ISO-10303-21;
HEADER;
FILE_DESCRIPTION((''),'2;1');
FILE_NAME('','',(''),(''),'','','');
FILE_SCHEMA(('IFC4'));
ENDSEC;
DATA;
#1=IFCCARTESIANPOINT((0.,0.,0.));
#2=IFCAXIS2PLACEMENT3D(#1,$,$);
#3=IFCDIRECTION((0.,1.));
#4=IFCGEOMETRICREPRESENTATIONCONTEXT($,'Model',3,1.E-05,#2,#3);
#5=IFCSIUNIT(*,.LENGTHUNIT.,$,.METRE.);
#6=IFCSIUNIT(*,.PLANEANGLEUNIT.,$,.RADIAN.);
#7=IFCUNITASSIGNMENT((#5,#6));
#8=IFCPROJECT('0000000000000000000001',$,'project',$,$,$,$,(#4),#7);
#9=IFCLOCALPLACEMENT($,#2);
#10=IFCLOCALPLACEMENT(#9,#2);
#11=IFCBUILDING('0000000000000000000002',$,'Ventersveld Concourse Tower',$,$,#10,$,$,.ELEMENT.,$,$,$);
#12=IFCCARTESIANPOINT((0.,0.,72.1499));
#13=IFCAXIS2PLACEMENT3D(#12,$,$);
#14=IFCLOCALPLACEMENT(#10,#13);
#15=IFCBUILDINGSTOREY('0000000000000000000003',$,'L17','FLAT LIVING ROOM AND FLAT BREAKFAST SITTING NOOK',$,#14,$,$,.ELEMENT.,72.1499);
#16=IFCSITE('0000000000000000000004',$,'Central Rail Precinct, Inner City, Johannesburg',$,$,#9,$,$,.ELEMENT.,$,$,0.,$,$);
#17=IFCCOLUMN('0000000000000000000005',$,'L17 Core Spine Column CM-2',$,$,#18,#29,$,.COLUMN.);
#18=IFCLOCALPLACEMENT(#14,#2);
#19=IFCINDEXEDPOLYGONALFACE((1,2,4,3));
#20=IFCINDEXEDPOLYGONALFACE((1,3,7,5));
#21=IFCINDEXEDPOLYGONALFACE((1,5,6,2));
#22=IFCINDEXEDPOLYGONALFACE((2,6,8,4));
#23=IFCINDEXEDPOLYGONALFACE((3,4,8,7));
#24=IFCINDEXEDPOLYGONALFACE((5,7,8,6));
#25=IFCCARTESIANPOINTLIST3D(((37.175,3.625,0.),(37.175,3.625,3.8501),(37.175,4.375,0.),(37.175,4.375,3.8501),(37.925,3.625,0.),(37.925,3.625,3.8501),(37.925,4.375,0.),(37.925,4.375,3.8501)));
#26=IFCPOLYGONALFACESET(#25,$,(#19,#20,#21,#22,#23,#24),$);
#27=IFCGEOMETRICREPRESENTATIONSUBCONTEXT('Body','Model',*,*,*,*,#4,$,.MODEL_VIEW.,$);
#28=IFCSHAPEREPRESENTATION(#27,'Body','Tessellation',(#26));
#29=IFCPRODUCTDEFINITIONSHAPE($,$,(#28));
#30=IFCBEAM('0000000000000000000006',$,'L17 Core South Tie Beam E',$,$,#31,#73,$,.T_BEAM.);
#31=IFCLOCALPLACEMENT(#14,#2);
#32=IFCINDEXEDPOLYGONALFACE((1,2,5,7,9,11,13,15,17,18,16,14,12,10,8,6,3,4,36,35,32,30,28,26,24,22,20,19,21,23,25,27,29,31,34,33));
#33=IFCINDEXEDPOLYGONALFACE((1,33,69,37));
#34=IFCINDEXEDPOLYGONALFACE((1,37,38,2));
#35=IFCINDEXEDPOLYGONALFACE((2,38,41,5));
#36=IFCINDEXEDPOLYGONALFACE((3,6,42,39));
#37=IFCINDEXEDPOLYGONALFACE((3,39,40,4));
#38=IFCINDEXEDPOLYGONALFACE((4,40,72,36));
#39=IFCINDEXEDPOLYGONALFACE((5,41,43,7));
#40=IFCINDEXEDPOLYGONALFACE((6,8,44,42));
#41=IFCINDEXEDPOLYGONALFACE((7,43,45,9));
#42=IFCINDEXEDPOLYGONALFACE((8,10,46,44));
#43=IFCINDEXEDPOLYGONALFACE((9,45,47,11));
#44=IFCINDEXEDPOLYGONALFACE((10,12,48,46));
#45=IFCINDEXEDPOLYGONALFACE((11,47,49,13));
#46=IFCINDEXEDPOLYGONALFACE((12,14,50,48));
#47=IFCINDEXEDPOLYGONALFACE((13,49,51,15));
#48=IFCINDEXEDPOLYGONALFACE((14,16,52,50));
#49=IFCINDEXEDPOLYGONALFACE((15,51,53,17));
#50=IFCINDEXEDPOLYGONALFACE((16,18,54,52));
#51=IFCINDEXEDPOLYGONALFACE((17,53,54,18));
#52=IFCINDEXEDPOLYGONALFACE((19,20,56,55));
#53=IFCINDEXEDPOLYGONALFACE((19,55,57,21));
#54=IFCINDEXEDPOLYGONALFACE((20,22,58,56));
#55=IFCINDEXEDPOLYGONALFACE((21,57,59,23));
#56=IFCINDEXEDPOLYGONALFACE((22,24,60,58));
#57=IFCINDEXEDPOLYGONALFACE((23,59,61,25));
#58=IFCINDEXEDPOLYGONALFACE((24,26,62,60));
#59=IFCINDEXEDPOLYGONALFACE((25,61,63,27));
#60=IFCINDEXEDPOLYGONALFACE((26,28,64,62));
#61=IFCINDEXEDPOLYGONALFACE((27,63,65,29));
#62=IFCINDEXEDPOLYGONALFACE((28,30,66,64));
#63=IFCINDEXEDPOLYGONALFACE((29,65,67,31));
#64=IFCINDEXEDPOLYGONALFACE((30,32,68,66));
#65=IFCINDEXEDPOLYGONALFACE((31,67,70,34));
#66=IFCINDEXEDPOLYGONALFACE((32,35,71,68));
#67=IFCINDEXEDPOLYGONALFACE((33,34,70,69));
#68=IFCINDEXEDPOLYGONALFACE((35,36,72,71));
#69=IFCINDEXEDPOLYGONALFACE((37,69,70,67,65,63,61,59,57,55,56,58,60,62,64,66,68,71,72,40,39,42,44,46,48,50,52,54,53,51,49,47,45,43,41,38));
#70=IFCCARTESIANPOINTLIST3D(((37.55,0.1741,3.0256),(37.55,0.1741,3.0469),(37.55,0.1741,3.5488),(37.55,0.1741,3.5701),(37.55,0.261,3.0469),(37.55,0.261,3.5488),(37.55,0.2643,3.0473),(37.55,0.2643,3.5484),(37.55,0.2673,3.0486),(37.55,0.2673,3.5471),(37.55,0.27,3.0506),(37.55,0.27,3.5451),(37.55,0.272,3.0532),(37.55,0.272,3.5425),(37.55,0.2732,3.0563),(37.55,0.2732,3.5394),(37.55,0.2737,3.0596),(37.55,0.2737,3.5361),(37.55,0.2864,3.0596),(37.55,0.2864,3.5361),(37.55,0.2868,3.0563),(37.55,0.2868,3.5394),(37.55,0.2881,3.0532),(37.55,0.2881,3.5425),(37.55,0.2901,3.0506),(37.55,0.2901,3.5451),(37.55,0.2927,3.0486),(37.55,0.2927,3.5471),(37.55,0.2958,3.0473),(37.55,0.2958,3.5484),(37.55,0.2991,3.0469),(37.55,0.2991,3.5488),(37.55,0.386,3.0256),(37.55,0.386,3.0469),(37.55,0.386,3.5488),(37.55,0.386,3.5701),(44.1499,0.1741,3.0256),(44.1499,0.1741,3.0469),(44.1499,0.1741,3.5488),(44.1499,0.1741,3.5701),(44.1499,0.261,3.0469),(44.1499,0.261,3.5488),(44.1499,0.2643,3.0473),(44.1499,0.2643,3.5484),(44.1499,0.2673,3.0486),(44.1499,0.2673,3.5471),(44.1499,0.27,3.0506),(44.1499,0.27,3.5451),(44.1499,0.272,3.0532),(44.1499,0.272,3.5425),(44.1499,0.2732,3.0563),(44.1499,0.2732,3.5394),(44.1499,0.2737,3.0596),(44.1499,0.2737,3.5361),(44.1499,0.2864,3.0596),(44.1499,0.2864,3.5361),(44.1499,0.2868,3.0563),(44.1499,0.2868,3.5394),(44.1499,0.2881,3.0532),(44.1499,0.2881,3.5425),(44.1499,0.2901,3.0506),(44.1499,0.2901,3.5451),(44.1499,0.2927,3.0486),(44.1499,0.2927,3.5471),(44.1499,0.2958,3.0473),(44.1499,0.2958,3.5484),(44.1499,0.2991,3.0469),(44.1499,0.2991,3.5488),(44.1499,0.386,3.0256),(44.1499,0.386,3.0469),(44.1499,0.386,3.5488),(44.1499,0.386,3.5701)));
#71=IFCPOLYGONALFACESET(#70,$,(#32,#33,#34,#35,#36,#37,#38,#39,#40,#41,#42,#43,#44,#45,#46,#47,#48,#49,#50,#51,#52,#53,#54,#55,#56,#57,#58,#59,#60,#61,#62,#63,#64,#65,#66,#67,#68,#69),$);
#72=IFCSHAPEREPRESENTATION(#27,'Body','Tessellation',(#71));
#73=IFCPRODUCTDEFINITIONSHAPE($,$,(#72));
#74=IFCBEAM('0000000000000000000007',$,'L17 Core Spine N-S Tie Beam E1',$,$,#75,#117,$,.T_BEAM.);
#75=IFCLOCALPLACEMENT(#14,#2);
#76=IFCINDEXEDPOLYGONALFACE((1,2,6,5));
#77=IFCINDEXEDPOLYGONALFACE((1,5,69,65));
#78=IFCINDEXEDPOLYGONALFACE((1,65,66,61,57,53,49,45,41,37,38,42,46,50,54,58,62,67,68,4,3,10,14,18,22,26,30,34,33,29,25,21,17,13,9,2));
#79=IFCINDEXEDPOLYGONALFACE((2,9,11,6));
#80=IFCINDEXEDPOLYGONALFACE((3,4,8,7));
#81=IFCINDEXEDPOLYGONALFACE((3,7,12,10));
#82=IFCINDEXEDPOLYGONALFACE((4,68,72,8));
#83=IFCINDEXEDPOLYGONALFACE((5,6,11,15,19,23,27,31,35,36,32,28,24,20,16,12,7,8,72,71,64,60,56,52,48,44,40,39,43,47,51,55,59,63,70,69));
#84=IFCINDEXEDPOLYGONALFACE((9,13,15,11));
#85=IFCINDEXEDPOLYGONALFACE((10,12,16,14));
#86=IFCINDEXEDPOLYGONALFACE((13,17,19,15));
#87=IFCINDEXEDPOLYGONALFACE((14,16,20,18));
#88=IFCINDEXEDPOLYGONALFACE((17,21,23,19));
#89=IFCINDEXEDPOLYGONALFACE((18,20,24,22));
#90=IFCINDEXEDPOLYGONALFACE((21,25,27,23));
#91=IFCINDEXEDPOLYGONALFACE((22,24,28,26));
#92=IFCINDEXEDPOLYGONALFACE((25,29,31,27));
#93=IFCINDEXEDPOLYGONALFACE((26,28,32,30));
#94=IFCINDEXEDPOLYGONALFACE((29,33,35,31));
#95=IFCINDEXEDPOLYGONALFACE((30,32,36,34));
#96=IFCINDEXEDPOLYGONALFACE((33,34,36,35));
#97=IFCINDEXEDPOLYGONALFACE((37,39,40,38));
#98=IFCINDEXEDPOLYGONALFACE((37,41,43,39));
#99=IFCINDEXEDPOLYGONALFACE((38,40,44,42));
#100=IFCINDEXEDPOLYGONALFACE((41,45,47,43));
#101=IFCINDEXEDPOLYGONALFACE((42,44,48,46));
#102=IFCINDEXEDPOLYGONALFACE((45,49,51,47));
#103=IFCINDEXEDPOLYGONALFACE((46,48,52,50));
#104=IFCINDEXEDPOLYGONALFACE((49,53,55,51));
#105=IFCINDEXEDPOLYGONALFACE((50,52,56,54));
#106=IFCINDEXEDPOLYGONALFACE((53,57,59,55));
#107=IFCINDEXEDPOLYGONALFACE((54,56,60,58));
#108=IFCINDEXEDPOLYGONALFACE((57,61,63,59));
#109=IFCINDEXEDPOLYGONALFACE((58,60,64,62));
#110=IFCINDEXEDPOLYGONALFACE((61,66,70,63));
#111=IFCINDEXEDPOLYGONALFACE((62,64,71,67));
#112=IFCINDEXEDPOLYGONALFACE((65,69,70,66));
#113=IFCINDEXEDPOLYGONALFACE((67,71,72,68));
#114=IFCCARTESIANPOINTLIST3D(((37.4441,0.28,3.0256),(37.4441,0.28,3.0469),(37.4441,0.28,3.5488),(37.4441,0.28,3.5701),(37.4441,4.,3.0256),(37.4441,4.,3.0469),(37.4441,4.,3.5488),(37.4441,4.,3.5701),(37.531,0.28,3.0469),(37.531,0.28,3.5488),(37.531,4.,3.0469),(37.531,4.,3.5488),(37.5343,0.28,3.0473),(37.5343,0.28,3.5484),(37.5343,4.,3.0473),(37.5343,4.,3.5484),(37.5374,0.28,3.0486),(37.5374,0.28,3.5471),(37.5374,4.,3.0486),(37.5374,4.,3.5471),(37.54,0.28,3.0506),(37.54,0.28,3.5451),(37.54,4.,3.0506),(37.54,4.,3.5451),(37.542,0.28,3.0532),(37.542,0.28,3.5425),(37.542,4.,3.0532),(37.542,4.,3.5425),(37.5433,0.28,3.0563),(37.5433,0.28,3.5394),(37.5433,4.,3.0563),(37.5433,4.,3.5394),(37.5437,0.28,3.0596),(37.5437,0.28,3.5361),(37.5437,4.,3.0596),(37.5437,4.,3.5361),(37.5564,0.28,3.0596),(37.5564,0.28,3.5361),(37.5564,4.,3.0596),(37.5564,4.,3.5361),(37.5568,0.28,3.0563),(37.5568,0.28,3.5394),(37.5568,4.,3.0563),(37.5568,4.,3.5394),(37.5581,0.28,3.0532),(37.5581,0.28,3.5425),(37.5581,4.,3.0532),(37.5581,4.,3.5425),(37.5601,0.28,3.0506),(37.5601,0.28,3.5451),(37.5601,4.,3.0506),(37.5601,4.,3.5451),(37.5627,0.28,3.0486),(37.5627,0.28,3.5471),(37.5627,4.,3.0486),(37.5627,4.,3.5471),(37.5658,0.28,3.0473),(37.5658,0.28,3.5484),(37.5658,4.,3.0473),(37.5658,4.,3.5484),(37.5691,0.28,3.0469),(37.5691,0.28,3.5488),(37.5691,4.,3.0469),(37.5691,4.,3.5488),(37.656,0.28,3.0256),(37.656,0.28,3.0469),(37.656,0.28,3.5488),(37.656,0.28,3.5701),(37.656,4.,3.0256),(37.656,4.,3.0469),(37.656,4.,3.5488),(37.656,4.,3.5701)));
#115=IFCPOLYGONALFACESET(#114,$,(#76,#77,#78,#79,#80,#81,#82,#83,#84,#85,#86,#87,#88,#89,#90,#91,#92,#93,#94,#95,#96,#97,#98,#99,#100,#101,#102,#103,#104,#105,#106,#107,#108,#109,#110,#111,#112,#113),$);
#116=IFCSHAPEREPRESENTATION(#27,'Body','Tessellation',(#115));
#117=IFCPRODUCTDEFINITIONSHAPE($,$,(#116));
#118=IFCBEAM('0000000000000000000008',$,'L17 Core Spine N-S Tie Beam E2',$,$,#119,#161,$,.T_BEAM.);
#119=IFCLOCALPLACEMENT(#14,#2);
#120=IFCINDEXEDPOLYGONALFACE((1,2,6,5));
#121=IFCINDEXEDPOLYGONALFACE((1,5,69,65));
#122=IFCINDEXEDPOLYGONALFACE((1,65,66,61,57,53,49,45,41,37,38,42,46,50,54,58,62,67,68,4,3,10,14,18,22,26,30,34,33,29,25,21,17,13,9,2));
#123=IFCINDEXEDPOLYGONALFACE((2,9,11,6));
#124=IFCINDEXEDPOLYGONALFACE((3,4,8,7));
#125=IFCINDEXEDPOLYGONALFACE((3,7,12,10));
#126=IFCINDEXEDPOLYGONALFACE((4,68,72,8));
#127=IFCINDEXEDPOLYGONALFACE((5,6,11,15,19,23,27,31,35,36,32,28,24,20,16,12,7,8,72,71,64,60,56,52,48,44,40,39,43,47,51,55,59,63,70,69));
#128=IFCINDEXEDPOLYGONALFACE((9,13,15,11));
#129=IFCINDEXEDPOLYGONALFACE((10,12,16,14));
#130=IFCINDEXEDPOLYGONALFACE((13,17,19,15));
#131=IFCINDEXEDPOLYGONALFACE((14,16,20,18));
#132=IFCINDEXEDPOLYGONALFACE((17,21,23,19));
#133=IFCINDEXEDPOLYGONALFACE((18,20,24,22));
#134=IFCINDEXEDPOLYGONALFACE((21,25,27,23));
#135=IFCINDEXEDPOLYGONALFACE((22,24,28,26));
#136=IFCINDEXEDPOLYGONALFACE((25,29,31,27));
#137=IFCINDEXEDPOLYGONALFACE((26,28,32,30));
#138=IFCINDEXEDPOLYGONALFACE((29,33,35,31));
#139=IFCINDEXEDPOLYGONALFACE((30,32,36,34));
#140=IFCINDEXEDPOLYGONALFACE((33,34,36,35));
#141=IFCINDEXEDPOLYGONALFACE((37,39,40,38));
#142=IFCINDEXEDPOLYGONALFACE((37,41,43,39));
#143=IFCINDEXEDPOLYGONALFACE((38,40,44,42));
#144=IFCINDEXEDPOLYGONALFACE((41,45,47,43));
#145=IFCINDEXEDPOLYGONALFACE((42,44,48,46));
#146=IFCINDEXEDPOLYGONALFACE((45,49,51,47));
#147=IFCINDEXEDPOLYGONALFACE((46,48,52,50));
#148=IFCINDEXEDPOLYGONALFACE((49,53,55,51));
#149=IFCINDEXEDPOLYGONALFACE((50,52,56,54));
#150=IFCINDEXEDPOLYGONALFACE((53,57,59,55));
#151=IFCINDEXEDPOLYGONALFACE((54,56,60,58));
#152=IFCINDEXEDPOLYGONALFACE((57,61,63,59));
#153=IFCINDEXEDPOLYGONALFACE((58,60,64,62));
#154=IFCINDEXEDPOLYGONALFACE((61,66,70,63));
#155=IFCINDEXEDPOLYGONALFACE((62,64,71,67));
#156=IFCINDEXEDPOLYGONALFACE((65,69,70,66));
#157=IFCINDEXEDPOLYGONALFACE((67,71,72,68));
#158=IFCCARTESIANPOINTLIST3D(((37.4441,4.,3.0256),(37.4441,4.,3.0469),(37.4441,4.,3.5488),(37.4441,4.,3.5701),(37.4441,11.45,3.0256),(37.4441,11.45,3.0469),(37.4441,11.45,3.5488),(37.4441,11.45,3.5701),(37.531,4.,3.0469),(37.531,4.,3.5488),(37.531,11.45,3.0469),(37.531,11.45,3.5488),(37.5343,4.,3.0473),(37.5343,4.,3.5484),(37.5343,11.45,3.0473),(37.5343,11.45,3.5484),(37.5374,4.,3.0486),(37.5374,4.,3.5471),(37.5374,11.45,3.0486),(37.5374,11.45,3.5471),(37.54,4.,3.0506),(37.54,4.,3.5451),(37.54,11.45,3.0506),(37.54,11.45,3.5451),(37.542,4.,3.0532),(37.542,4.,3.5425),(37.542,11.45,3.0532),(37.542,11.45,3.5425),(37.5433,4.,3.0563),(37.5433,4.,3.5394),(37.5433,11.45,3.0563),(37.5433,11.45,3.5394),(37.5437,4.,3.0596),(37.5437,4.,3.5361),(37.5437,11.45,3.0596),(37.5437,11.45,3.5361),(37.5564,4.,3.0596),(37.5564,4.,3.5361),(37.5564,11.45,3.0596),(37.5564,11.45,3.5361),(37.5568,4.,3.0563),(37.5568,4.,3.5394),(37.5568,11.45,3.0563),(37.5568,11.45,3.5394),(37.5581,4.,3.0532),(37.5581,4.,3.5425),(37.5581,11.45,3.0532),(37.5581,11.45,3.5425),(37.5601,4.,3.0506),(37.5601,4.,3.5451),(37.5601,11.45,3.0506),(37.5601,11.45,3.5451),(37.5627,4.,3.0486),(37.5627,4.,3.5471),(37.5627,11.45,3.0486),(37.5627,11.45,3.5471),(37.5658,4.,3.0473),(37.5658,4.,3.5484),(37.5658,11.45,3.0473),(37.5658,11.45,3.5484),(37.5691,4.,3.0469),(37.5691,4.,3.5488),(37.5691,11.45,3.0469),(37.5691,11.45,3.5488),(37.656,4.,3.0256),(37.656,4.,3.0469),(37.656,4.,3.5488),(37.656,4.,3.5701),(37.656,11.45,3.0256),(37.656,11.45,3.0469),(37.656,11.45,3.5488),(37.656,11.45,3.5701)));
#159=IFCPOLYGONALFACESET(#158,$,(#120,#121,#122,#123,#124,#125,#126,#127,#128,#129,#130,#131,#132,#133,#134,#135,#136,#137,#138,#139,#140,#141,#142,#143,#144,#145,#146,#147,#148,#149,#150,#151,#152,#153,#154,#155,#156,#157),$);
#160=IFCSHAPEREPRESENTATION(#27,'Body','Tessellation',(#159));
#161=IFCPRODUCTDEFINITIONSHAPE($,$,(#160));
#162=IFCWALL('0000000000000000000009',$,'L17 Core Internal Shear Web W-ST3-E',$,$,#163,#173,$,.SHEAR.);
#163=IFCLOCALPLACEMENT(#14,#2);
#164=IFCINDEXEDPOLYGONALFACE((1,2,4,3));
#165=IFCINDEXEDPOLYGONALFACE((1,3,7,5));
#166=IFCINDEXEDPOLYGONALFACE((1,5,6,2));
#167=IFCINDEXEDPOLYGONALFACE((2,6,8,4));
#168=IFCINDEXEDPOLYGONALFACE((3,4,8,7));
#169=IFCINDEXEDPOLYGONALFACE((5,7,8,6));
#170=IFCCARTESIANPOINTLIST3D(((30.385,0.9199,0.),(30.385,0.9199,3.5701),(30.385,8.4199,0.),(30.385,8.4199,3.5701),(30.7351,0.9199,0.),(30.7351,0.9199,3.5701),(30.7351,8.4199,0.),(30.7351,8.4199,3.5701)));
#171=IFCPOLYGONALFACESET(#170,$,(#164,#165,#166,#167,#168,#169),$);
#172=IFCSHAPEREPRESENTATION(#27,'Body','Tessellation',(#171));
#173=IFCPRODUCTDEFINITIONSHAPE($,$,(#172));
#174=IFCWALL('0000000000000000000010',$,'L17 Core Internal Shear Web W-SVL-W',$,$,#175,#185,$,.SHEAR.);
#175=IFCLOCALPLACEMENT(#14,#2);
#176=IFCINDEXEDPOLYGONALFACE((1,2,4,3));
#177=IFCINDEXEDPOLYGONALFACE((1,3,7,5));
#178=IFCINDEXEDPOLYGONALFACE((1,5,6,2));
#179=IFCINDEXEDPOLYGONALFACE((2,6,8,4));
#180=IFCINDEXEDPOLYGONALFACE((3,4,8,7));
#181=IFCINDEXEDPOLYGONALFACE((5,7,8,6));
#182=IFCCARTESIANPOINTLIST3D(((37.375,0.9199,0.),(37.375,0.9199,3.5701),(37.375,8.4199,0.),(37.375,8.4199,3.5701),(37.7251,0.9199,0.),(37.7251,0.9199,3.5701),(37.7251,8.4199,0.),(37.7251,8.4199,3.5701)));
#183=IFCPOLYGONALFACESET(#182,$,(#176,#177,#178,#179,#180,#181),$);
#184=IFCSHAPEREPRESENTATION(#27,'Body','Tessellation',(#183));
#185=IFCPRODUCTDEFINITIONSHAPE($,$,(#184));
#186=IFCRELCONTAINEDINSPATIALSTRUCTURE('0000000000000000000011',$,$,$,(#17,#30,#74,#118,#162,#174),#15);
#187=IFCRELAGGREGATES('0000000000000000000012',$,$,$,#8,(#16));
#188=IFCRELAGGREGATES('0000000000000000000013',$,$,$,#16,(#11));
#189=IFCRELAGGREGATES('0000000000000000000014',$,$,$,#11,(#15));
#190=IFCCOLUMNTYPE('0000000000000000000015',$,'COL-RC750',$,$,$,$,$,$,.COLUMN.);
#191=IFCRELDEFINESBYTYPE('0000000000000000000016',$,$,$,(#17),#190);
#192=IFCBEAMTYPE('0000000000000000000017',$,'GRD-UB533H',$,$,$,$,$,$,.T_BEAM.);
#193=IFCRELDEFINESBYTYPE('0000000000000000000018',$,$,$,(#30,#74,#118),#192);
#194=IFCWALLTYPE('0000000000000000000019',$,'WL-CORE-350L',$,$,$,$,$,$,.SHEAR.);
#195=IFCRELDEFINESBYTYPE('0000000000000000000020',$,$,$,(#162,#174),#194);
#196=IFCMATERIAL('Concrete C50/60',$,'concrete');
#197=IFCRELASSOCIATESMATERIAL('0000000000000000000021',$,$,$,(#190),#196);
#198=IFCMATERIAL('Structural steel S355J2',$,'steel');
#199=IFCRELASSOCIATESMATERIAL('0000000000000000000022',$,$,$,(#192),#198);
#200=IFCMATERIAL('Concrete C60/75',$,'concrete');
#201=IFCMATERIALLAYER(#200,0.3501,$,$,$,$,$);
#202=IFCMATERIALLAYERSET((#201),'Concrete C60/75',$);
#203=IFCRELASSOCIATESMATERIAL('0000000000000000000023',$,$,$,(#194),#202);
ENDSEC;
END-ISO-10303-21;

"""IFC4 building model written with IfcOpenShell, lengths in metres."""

from ifc_helpers import new_model, si_unit, direction, frame, frame_2d, origin, origin_2d, place, context, subcontext, project, spatial, rectangle, i_section, extrude, material, layer, layer_set, material_profile, profile_set, type_object, element, save


model = new_model("IFC4")

# Units and contexts
model_context = context("Model", 3, precision=1e-05, world=origin(), true_north=direction((0.0, 1.0)))
body_context = subcontext(model_context, "Body", "Model", "MODEL_VIEW")
ifc_project = project(units=[si_unit("LENGTHUNIT", "METRE"), si_unit("PLANEANGLEUNIT", "RADIAN")], contexts=[model_context])

# Site, building, storey
site_placement = place(None, origin())
site = spatial("IfcSite", under=ifc_project, at=site_placement, Name="Central Rail Precinct, Inner City, Johannesburg", CompositionType="ELEMENT", RefElevation=0.0)
building_placement = place(site_placement, origin())
building = spatial("IfcBuilding", under=site, at=building_placement, Name="Ventersveld Concourse Tower", CompositionType="ELEMENT")
storey_placement = place(building_placement, frame((0.0, 0.0, 72.1499)))
storey = spatial("IfcBuildingStorey", under=building, at=storey_placement, Name="L17", Description="FLAT LIVING ROOM AND FLAT BREAKFAST SITTING NOOK", CompositionType="ELEMENT", Elevation=72.1499)

# Column
ifc_material_1 = material(Name="Concrete C50/60", Category="concrete")
ifc_material_profile_1 = material_profile(ifc_material_1, rectangle(XDim=0.75, YDim=0.75, at=origin_2d()), Name="RC 750x750")
ifc_profile_set_1 = profile_set([ifc_material_profile_1], Name="Concrete C50/60")
column_type = type_object("IfcColumnType", Name="COL-RC750", PredefinedType="COLUMN", material=ifc_profile_set_1)
column_placement = place(storey_placement, frame((37.55, 4.0, 0.0), z_axis=(0.0, 0.0, 1.0), x_axis=(1.0, 0.0, 0.0)))
element("IfcColumn", 1, at=column_placement, inside=storey, type_object=column_type, Name="L17 Core Spine Column CM-2", PredefinedType="COLUMN", context=body_context, shape_type="SweptSolid", body=[
    extrude(rectangle(XDim=0.75, YDim=0.75, at=origin_2d()), origin(), (0.0, 0.0, 1.0), 3.8501),
])

# Beams
ifc_material_2 = material(Name="Structural steel S355J2", Category="steel")
ifc_material_profile_2 = material_profile(ifc_material_2, i_section(OverallWidth=0.2119, OverallDepth=0.5444, WebThickness=0.0127, FlangeThickness=0.0212, FilletRadius=0.0127, at=origin_2d()), Name="UB 533x210x122")
ifc_profile_set_2 = profile_set([ifc_material_profile_2], Name="Structural steel S355J2")
beam_type = type_object("IfcBeamType", Name="GRD-UB533H", PredefinedType="T_BEAM", material=ifc_profile_set_2)
beam_1_placement = place(storey_placement, frame((37.55, 0.28, 3.2979), z_axis=(1.0, 0.0, 0.0), x_axis=(0.0, 1.0, 0.0)))
element("IfcBeam", 2, at=beam_1_placement, inside=storey, type_object=beam_type, Name="L17 Core South Tie Beam E", PredefinedType="T_BEAM", context=body_context, shape_type="SweptSolid", body=[
    extrude(i_section(OverallWidth=0.2119, OverallDepth=0.5444, WebThickness=0.0127, FlangeThickness=0.0212, FilletRadius=0.0127, at=origin_2d()), origin(), (0.0, 0.0, 1.0), 6.5999),
])
beam_2_placement = place(storey_placement, frame((37.55, 0.28, 3.2979), z_axis=(0.0, 1.0, 0.0), x_axis=(-1.0, 0.0, 0.0)))
element("IfcBeam", 3, at=beam_2_placement, inside=storey, type_object=beam_type, Name="L17 Core Spine N-S Tie Beam E1", PredefinedType="T_BEAM", context=body_context, shape_type="SweptSolid", body=[
    extrude(i_section(OverallWidth=0.2119, OverallDepth=0.5444, WebThickness=0.0127, FlangeThickness=0.0212, FilletRadius=0.0127, at=origin_2d()), origin(), (0.0, 0.0, 1.0), 3.72),
])
beam_3_placement = place(storey_placement, frame((37.55, 4.0, 3.2979), z_axis=(0.0, 1.0, 0.0), x_axis=(-1.0, 0.0, 0.0)))
element("IfcBeam", 4, at=beam_3_placement, inside=storey, type_object=beam_type, Name="L17 Core Spine N-S Tie Beam E2", PredefinedType="T_BEAM", context=body_context, shape_type="SweptSolid", body=[
    extrude(i_section(OverallWidth=0.2119, OverallDepth=0.5444, WebThickness=0.0127, FlangeThickness=0.0212, FilletRadius=0.0127, at=origin_2d()), origin(), (0.0, 0.0, 1.0), 7.45),
])

# Walls
ifc_material_3 = material(Name="Concrete C60/75", Category="concrete")
ifc_layer_1 = layer(ifc_material_3, 0.3501)
ifc_layer_set_1 = layer_set([ifc_layer_1], Name="Concrete C60/75")
wall_type_1 = type_object("IfcWallType", Name="WL-CORE-350L", PredefinedType="SHEAR", material=ifc_layer_set_1)
for number, where, z_axis, x_axis, name in (
    (5, (30.5601, 0.9199, 0.0), (0.0, 0.0, 1.0), (0.0, 1.0, 0.0), "L17 Core Internal Shear Web W-ST3-E"),
    (6, (37.55, 0.9199, 0.0), (0.0, 0.0, 1.0), (0.0, 1.0, 0.0), "L17 Core Internal Shear Web W-SVL-W"),
):
    element("IfcWall", number, at=place(storey_placement, frame(where, z_axis=z_axis, x_axis=x_axis)), inside=storey, type_object=wall_type_1, Name=name, PredefinedType="SHEAR", context=body_context, shape_type="SweptSolid", body=[
        extrude(rectangle(XDim=7.5, YDim=0.3501, at=frame_2d((3.75, 0.0))), origin(), (0.0, 0.0, 1.0), 3.5701),
    ])

save(model, "model.ifc")
